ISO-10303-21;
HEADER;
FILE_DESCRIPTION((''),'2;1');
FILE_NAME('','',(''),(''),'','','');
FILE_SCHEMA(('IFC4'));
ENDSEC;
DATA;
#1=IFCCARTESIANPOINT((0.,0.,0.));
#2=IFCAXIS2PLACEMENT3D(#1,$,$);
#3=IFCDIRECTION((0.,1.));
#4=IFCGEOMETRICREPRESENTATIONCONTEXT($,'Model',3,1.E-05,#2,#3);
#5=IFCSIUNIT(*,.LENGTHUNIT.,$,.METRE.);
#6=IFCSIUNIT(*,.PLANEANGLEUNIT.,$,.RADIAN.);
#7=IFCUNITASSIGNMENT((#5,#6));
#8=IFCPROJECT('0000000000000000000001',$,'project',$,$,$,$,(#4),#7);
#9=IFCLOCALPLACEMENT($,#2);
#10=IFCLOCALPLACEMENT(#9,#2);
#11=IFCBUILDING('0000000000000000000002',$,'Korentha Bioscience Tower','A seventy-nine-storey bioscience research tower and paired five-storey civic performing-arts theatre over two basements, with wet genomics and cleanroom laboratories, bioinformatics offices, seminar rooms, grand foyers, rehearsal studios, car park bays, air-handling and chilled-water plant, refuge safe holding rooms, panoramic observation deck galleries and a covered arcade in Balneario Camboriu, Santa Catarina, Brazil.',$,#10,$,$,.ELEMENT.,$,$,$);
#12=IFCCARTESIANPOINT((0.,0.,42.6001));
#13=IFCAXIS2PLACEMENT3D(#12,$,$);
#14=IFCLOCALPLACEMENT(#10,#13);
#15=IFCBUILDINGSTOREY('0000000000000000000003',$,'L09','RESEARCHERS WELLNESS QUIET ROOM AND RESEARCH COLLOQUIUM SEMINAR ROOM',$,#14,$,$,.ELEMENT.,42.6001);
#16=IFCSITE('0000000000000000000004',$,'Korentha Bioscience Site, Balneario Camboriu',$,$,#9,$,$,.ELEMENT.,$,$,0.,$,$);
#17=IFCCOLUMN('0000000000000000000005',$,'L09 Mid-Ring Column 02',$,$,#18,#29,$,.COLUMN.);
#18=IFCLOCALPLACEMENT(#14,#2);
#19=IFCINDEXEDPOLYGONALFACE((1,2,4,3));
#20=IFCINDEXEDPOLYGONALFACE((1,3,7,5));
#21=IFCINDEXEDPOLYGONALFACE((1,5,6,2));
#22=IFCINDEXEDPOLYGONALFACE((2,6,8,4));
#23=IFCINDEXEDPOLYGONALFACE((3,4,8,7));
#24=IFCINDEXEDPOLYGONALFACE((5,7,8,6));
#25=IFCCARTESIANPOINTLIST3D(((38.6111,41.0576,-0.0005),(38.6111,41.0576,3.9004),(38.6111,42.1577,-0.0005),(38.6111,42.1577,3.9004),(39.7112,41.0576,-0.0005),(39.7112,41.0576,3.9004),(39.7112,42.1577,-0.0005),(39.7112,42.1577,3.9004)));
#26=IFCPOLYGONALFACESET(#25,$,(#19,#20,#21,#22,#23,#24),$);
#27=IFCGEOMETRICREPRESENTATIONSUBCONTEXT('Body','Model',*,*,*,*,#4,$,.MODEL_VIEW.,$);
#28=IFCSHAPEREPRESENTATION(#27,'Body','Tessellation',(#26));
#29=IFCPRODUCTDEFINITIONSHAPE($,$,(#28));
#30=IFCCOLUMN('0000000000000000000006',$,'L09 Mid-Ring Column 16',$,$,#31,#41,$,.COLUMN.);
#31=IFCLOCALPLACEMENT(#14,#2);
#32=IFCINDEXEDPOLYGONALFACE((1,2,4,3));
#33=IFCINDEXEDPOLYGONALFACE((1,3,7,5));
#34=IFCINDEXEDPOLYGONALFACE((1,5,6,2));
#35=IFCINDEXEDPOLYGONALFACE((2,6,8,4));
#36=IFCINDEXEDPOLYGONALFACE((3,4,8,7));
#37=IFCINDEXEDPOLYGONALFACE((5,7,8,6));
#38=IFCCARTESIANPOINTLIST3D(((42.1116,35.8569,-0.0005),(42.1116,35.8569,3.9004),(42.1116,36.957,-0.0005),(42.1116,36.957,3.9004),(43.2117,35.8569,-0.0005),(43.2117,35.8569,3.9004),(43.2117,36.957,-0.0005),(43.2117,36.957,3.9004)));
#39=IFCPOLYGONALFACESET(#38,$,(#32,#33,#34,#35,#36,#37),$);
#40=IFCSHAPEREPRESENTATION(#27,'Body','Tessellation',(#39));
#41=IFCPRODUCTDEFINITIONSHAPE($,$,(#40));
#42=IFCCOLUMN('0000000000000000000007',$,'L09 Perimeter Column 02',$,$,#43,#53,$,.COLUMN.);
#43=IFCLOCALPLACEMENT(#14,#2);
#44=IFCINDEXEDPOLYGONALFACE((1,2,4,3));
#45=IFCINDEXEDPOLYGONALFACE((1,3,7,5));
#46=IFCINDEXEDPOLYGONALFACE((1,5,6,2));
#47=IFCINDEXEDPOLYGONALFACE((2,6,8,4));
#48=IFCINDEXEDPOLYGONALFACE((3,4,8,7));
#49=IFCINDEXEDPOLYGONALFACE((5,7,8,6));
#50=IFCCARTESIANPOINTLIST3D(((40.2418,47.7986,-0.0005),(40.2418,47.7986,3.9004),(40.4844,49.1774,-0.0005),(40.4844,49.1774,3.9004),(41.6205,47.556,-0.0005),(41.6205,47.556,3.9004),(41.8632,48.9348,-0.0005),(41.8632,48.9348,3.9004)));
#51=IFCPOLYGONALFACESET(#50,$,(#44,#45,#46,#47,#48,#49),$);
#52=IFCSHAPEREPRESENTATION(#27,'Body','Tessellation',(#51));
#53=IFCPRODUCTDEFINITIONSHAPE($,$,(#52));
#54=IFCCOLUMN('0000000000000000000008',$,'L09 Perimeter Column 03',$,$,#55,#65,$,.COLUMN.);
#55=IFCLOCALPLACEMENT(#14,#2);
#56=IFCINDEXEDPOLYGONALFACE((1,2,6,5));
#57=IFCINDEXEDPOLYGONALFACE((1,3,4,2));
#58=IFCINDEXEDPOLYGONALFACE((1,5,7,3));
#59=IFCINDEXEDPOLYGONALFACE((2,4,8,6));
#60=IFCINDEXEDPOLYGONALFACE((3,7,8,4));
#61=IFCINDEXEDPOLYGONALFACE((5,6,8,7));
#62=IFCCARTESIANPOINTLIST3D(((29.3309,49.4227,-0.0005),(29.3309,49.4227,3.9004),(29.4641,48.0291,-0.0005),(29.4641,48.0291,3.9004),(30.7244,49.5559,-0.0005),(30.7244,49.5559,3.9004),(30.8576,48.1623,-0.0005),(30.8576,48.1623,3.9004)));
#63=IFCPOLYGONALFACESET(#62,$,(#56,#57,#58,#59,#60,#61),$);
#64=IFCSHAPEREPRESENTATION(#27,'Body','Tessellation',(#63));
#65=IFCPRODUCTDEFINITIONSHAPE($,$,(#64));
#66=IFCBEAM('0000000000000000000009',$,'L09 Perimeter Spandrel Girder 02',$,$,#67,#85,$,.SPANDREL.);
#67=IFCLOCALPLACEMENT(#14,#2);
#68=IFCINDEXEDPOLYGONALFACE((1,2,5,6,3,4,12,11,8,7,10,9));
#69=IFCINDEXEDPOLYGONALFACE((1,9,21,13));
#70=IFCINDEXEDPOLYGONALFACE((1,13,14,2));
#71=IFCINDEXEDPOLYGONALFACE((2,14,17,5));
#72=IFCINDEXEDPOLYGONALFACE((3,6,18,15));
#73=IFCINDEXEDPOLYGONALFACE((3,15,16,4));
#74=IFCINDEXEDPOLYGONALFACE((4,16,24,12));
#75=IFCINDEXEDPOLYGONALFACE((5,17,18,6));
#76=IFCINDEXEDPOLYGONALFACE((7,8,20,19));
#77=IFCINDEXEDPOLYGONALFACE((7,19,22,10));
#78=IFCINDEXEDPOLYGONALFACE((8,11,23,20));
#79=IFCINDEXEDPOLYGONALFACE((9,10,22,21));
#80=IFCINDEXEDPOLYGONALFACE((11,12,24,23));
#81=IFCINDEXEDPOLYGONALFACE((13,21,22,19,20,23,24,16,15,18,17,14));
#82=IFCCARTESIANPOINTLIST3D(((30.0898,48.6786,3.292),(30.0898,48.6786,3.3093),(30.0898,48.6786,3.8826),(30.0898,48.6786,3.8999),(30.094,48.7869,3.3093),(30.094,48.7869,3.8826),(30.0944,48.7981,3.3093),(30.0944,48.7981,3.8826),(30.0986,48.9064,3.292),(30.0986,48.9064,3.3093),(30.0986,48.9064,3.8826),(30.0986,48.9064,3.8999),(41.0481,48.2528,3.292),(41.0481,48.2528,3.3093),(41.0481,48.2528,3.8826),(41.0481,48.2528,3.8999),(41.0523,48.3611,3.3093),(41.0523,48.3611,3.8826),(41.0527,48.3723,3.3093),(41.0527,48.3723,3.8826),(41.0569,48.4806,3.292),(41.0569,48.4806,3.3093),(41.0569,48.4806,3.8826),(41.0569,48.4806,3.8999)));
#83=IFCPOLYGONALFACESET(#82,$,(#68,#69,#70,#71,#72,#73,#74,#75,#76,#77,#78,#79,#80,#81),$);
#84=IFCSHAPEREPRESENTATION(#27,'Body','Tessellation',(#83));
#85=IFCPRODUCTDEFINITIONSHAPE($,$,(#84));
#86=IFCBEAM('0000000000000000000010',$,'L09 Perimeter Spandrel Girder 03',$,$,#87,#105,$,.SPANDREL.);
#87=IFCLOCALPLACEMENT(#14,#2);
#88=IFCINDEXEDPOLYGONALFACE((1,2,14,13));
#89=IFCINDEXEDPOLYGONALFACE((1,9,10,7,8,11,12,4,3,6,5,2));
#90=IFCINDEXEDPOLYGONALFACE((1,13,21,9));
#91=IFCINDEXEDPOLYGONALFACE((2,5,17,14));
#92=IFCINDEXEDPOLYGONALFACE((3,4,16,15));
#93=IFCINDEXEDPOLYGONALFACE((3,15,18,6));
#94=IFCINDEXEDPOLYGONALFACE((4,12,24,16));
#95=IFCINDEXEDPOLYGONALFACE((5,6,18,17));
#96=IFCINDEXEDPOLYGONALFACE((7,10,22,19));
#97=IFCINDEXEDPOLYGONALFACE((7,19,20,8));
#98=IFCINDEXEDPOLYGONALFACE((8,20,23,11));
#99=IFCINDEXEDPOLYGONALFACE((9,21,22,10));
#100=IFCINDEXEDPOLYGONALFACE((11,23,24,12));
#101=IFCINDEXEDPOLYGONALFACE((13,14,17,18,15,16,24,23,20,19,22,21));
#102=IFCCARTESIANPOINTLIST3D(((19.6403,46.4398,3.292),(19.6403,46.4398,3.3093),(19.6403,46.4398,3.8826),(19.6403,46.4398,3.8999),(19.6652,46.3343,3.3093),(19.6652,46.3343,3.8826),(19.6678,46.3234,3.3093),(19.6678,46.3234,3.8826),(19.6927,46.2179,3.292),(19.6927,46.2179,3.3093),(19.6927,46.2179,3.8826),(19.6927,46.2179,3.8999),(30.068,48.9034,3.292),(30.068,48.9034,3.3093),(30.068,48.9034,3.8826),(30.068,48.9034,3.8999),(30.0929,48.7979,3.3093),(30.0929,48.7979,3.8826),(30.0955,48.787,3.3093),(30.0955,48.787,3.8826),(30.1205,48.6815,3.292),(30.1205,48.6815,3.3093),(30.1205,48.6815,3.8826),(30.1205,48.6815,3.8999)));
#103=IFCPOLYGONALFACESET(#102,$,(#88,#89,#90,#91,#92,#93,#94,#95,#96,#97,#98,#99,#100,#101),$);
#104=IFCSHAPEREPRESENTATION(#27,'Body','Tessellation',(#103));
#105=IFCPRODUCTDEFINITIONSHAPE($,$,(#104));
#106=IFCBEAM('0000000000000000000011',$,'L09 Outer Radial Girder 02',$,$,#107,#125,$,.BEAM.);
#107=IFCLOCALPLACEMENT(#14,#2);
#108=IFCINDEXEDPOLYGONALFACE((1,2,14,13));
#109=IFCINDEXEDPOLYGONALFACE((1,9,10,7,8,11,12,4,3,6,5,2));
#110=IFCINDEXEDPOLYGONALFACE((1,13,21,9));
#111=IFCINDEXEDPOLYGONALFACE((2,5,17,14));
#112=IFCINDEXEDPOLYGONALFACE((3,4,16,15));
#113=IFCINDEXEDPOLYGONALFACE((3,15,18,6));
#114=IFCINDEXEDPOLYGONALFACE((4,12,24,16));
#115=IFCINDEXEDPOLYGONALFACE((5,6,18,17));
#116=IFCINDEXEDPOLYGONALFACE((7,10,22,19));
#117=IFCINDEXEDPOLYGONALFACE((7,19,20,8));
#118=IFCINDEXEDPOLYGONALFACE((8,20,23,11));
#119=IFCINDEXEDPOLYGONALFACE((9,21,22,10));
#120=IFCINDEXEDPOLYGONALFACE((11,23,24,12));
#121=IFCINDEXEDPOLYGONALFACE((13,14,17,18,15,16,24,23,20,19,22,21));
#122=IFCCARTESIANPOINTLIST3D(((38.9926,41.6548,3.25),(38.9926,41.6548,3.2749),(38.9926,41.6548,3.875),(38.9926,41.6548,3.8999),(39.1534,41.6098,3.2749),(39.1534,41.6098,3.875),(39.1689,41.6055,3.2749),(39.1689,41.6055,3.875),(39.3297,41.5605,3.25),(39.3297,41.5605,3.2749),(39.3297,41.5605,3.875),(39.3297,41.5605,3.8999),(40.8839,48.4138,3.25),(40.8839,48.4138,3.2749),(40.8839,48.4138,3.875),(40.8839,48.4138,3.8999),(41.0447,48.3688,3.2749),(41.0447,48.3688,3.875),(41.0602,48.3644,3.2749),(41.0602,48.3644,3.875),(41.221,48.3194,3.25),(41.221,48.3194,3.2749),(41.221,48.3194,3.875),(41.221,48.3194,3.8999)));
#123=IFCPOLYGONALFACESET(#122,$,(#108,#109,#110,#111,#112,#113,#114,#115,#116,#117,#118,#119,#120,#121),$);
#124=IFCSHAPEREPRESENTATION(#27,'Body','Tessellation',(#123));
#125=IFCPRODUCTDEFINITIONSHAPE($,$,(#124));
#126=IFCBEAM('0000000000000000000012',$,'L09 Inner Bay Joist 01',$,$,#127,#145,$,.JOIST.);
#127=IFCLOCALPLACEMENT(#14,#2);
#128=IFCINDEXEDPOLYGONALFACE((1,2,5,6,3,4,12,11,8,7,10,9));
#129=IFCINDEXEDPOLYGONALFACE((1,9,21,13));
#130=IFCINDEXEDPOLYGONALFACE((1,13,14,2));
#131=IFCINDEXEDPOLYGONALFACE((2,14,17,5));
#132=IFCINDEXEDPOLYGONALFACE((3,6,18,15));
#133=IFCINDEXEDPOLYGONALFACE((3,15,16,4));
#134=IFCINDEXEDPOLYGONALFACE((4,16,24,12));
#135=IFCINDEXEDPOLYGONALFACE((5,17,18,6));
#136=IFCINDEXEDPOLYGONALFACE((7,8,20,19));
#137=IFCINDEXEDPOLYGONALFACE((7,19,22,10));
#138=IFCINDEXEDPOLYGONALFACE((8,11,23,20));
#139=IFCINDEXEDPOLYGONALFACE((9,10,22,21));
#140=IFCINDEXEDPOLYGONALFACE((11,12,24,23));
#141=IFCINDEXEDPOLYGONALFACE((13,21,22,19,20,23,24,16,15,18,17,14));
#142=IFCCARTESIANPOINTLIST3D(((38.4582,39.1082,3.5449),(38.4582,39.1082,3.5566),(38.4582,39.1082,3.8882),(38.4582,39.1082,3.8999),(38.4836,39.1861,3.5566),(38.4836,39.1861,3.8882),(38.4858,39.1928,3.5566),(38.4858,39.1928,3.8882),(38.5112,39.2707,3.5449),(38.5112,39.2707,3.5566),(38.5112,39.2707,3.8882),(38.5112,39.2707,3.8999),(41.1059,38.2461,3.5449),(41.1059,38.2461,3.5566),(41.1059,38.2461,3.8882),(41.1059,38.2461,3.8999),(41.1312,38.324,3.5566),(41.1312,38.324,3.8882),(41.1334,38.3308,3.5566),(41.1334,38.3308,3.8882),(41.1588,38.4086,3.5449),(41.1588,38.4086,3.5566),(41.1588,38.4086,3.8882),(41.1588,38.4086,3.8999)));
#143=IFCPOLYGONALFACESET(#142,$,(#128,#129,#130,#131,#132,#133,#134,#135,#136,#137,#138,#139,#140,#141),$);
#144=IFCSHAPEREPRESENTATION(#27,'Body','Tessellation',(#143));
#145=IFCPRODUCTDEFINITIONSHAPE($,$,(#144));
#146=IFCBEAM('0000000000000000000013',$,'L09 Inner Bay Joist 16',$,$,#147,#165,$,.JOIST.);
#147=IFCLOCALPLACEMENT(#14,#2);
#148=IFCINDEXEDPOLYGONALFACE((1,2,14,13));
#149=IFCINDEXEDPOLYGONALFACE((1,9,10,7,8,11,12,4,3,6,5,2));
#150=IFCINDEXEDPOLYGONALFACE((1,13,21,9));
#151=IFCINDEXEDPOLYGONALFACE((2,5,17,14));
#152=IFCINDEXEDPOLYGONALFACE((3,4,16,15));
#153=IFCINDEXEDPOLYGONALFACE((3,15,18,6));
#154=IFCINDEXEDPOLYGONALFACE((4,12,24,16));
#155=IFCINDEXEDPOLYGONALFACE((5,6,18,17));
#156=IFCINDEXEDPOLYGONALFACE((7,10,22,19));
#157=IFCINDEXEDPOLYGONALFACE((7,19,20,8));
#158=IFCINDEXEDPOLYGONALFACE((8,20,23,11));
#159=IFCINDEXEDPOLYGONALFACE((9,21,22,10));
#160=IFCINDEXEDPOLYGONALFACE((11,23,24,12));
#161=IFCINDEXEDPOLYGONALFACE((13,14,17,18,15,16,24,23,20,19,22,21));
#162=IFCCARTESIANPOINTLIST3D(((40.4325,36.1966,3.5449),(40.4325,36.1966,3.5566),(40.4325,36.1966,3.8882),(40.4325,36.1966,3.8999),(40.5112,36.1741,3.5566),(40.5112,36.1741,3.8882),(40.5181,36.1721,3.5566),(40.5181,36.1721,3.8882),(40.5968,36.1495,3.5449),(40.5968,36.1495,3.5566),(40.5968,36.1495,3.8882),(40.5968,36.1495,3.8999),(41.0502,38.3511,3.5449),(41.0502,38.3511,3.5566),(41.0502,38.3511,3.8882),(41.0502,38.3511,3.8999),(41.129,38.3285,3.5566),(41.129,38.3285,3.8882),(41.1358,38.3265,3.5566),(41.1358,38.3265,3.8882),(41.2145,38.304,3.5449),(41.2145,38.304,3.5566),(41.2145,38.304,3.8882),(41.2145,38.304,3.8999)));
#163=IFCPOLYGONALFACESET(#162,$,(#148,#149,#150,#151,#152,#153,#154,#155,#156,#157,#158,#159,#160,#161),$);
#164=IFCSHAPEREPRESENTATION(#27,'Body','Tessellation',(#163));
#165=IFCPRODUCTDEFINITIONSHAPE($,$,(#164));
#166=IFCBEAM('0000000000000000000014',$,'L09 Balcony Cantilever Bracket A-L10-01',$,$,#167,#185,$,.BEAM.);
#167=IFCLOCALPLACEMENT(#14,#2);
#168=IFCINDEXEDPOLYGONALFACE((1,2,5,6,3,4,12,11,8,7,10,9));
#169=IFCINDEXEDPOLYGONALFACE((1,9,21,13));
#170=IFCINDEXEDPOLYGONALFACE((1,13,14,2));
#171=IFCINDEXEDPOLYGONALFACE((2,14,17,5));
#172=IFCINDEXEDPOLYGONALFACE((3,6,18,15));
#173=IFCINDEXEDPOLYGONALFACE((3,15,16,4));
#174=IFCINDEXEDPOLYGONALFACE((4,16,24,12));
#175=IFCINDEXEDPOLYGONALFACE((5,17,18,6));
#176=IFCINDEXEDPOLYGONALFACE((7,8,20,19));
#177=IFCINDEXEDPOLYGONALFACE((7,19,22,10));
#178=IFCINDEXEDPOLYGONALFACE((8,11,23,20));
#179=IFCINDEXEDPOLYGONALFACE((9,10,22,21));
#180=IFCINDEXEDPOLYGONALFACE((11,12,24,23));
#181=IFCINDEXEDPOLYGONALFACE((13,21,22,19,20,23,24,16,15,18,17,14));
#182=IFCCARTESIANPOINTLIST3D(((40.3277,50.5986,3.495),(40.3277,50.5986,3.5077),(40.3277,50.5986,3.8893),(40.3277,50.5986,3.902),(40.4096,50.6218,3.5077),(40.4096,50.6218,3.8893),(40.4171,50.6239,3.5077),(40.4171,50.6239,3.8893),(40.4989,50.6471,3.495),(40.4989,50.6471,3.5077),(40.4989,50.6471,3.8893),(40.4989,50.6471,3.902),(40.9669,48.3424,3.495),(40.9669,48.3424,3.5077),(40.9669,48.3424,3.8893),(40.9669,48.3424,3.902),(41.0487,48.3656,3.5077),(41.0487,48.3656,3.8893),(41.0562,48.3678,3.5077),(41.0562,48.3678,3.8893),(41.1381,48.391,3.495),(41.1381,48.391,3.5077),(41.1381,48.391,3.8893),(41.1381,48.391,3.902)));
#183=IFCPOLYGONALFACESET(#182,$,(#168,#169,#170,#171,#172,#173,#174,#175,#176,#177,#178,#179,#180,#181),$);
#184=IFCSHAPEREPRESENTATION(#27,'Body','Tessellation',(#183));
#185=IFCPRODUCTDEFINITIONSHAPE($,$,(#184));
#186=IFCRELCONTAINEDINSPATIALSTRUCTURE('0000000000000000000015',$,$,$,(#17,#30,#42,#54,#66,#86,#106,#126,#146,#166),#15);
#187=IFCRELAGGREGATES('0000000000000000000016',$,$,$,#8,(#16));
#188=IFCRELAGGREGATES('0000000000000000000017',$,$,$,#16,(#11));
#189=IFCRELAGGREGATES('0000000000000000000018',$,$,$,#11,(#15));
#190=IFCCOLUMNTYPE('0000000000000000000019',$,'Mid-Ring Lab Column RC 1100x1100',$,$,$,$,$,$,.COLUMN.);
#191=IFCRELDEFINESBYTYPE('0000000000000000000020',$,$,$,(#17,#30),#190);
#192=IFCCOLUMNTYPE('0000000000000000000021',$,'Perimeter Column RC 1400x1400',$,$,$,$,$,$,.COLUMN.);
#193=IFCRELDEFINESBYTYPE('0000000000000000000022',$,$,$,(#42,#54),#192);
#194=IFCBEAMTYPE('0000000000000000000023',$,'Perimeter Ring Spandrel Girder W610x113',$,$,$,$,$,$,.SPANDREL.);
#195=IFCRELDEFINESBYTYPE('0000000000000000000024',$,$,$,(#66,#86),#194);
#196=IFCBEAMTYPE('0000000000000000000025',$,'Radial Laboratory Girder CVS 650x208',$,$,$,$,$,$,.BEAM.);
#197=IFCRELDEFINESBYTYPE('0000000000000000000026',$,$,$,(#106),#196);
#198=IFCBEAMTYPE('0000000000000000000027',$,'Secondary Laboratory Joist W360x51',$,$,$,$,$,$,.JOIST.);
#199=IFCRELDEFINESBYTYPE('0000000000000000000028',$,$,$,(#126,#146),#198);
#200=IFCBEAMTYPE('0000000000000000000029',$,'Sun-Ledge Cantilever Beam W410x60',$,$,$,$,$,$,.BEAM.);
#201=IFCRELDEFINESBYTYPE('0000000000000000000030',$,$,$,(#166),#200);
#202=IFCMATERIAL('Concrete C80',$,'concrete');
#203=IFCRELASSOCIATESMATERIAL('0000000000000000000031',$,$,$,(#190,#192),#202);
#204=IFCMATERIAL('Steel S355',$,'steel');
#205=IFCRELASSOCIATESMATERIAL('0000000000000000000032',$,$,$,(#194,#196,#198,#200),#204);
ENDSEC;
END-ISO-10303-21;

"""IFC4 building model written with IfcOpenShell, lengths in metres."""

from ifc_helpers import new_model, si_unit, direction, frame, origin, origin_2d, place, context, subcontext, project, spatial, rectangle, i_section, extrude, material, material_profile, profile_set, type_object, element, save


model = new_model("IFC4")

# Units and contexts
model_context = context("Model", 3, precision=1e-05, world=origin(), true_north=direction((0.0, 1.0)))
body_context = subcontext(model_context, "Body", "Model", "MODEL_VIEW")
ifc_project = project(units=[si_unit("LENGTHUNIT", "METRE"), si_unit("PLANEANGLEUNIT", "RADIAN")], contexts=[model_context])

# Site, building, storey
site_placement = place(None, origin())
site = spatial("IfcSite", under=ifc_project, at=site_placement, Name="Korentha Bioscience Site, Balneario Camboriu", CompositionType="ELEMENT", RefElevation=0.0)
building_placement = place(site_placement, origin())
building = spatial("IfcBuilding", under=site, at=building_placement, Name="Korentha Bioscience Tower", Description="A seventy-nine-storey bioscience research tower and paired five-storey civic performing-arts theatre over two basements, with wet genomics and cleanroom laboratories, bioinformatics offices, seminar rooms, grand foyers, rehearsal studios, car park bays, air-handling and chilled-water plant, refuge safe holding rooms, panoramic observation deck galleries and a covered arcade in Balneario Camboriu, Santa Catarina, Brazil.", CompositionType="ELEMENT")
storey_placement = place(building_placement, frame((0.0, 0.0, 42.6001)))
storey = spatial("IfcBuildingStorey", under=building, at=storey_placement, Name="L09", Description="RESEARCHERS WELLNESS QUIET ROOM AND RESEARCH COLLOQUIUM SEMINAR ROOM", CompositionType="ELEMENT", Elevation=42.6001)

# Columns
ifc_material_1 = material(Name="Concrete C80", Category="concrete")
ifc_material_profile_1 = material_profile(ifc_material_1, rectangle(XDim=1.1001, YDim=1.1001, at=origin_2d()), Name="Concrete C80")
ifc_profile_set_1 = profile_set([ifc_material_profile_1], Name="Concrete C80 (COL-MR11)")
column_type_1 = type_object("IfcColumnType", Name="Mid-Ring Lab Column RC 1100x1100", PredefinedType="COLUMN", material=ifc_profile_set_1)
for number, where, z_axis, x_axis, name in (
    (1, (39.1611, 41.6077, -0.0005), (0.0, 0.0, 1.0), (1.0, 0.0, 0.0), "L09 Mid-Ring Column 02"),
    (2, (42.6616, 36.407, -0.0005), (0.0, 0.0, 1.0), (1.0, 0.0, 0.0), "L09 Mid-Ring Column 16"),
):
    element("IfcColumn", number, at=place(storey_placement, frame(where, z_axis=z_axis, x_axis=x_axis)), inside=storey, type_object=column_type_1, Name=name, PredefinedType="COLUMN", context=body_context, shape_type="SweptSolid", body=[
        extrude(rectangle(XDim=1.1001, YDim=1.1001, at=origin_2d()), origin(), (0.0, 0.0, 1.0), 3.9009),
    ])
ifc_material_profile_2 = material_profile(ifc_material_1, rectangle(XDim=1.3999, YDim=1.3999, at=origin_2d()), Name="Concrete C80")
ifc_profile_set_2 = profile_set([ifc_material_profile_2], Name="Concrete C80 (COL-P14)")
column_type_2 = type_object("IfcColumnType", Name="Perimeter Column RC 1400x1400", PredefinedType="COLUMN", material=ifc_profile_set_2)
for number, where, z_axis, x_axis, name in (
    (3, (41.0525, 48.3667, -0.0005), (0.0, 0.0, 1.0), (-0.984868, 0.173304, 0.0), "L09 Perimeter Column 02"),
    (4, (30.0942, 48.7925, -0.0005), (0.0, 0.0, 1.0), (0.995463, 0.095151, 0.0), "L09 Perimeter Column 03"),
):
    element("IfcColumn", number, at=place(storey_placement, frame(where, z_axis=z_axis, x_axis=x_axis)), inside=storey, type_object=column_type_2, Name=name, PredefinedType="COLUMN", context=body_context, shape_type="SweptSolid", body=[
        extrude(rectangle(XDim=1.3999, YDim=1.3999, at=origin_2d()), origin(), (0.0, 0.0, 1.0), 3.9009),
    ])

# Beams
ifc_material_2 = material(Name="Steel S355", Category="steel")
ifc_material_profile_3 = material_profile(ifc_material_2, i_section(OverallWidth=0.228, OverallDepth=0.6079, WebThickness=0.0112, FlangeThickness=0.0173, at=origin_2d()), Name="Steel S355")
ifc_profile_set_3 = profile_set([ifc_material_profile_3], Name="Steel S355 (SB-610)")
beam_type_1 = type_object("IfcBeamType", Name="Perimeter Ring Spandrel Girder W610x113", PredefinedType="SPANDREL", material=ifc_profile_set_3)
beam_1_placement = place(storey_placement, frame((41.0525, 48.3667, 3.5959), z_axis=(-0.999246, 0.038826, 0.0), x_axis=(-0.038826, -0.999246, 0.0)))
element("IfcBeam", 5, at=beam_1_placement, inside=storey, type_object=beam_type_1, Name="L09 Perimeter Spandrel Girder 02", PredefinedType="SPANDREL", context=body_context, shape_type="SweptSolid", body=[
    extrude(i_section(OverallWidth=0.228, OverallDepth=0.6079, WebThickness=0.0112, FlangeThickness=0.0173, at=origin_2d()), origin(), (0.0, 0.0, 1.0), 10.9666),
])
beam_2_placement = place(storey_placement, frame((30.0942, 48.7925, 3.5959), z_axis=(-0.973208, -0.229927, 0.0), x_axis=(0.229927, -0.973208, 0.0)))
element("IfcBeam", 6, at=beam_2_placement, inside=storey, type_object=beam_type_1, Name="L09 Perimeter Spandrel Girder 03", PredefinedType="SPANDREL", context=body_context, shape_type="SweptSolid", body=[
    extrude(i_section(OverallWidth=0.228, OverallDepth=0.6079, WebThickness=0.0112, FlangeThickness=0.0173, at=origin_2d()), origin(), (0.0, 0.0, 1.0), 10.7148),
])
ifc_material_profile_4 = material_profile(ifc_material_2, i_section(OverallWidth=0.3501, OverallDepth=0.6499, WebThickness=0.0161, FlangeThickness=0.0249, at=origin_2d()), Name="Steel S355")
ifc_profile_set_4 = profile_set([ifc_material_profile_4], Name="Steel S355 (RB-650)")
beam_type_2 = type_object("IfcBeamType", Name="Radial Laboratory Girder CVS 650x208", PredefinedType="BEAM", material=ifc_profile_set_4)
beam_3_placement = place(storey_placement, frame((39.1611, 41.6077, 3.575), z_axis=(0.269475, 0.963007, 0.0), x_axis=(-0.963007, 0.269475, 0.0)))
element("IfcBeam", 7, at=beam_3_placement, inside=storey, type_object=beam_type_2, Name="L09 Outer Radial Girder 02", PredefinedType="BEAM", context=body_context, shape_type="SweptSolid", body=[
    extrude(i_section(OverallWidth=0.3501, OverallDepth=0.6499, WebThickness=0.0161, FlangeThickness=0.0249, at=origin_2d()), origin(), (0.0, 0.0, 1.0), 7.0186),
])
ifc_material_profile_5 = material_profile(ifc_material_2, i_section(OverallWidth=0.1709, OverallDepth=0.355, WebThickness=0.0071, FlangeThickness=0.0117, at=origin_2d()), Name="Steel S355")
ifc_profile_set_5 = profile_set([ifc_material_profile_5], Name="Steel S355 (JB-360)")
beam_type_3 = type_object("IfcBeamType", Name="Secondary Laboratory Joist W360x51", PredefinedType="JOIST", material=ifc_profile_set_5)
beam_4_placement = place(storey_placement, frame((41.1323, 38.3274, 3.7224), z_axis=(-0.95087, 0.309592, 0.0), x_axis=(-0.309592, -0.95087, 0.0)))
element("IfcBeam", 8, at=beam_4_placement, inside=storey, type_object=beam_type_3, Name="L09 Inner Bay Joist 01", PredefinedType="JOIST", context=body_context, shape_type="SweptSolid", body=[
    extrude(i_section(OverallWidth=0.1709, OverallDepth=0.355, WebThickness=0.0071, FlangeThickness=0.0117, at=origin_2d()), origin(), (0.0, 0.0, 1.0), 2.7844),
])
beam_5_placement = place(storey_placement, frame((40.5146, 36.1731, 3.7224), z_axis=(0.275613, 0.961269, 0.0), x_axis=(-0.961269, 0.275613, 0.0)))
element("IfcBeam", 9, at=beam_5_placement, inside=storey, type_object=beam_type_3, Name="L09 Inner Bay Joist 16", PredefinedType="JOIST", context=body_context, shape_type="SweptSolid", body=[
    extrude(i_section(OverallWidth=0.1709, OverallDepth=0.355, WebThickness=0.0071, FlangeThickness=0.0117, at=origin_2d()), origin(), (0.0, 0.0, 1.0), 2.2412),
])
ifc_material_profile_6 = material_profile(ifc_material_2, i_section(OverallWidth=0.178, OverallDepth=0.407, WebThickness=0.0078, FlangeThickness=0.0127, at=origin_2d()), Name="Steel S355")
ifc_profile_set_6 = profile_set([ifc_material_profile_6], Name="Steel S355 (CB-410)")
beam_type_4 = type_object("IfcBeamType", Name="Sun-Ledge Cantilever Beam W410x60", PredefinedType="BEAM", material=ifc_profile_set_6)
beam_6_placement = place(storey_placement, frame((41.0525, 48.3667, 3.6985), z_axis=(-0.272575, 0.962134, 0.0), x_axis=(-0.962134, -0.272575, 0.0)))
element("IfcBeam", 10, at=beam_6_placement, inside=storey, type_object=beam_type_4, Name="L09 Balcony Cantilever Bracket A-L10-01", PredefinedType="BEAM", context=body_context, shape_type="SweptSolid", body=[
    extrude(i_section(OverallWidth=0.178, OverallDepth=0.407, WebThickness=0.0078, FlangeThickness=0.0127, at=origin_2d()), origin(), (0.0, 0.0, 1.0), 2.345),
])

save(model, "model.ifc")
